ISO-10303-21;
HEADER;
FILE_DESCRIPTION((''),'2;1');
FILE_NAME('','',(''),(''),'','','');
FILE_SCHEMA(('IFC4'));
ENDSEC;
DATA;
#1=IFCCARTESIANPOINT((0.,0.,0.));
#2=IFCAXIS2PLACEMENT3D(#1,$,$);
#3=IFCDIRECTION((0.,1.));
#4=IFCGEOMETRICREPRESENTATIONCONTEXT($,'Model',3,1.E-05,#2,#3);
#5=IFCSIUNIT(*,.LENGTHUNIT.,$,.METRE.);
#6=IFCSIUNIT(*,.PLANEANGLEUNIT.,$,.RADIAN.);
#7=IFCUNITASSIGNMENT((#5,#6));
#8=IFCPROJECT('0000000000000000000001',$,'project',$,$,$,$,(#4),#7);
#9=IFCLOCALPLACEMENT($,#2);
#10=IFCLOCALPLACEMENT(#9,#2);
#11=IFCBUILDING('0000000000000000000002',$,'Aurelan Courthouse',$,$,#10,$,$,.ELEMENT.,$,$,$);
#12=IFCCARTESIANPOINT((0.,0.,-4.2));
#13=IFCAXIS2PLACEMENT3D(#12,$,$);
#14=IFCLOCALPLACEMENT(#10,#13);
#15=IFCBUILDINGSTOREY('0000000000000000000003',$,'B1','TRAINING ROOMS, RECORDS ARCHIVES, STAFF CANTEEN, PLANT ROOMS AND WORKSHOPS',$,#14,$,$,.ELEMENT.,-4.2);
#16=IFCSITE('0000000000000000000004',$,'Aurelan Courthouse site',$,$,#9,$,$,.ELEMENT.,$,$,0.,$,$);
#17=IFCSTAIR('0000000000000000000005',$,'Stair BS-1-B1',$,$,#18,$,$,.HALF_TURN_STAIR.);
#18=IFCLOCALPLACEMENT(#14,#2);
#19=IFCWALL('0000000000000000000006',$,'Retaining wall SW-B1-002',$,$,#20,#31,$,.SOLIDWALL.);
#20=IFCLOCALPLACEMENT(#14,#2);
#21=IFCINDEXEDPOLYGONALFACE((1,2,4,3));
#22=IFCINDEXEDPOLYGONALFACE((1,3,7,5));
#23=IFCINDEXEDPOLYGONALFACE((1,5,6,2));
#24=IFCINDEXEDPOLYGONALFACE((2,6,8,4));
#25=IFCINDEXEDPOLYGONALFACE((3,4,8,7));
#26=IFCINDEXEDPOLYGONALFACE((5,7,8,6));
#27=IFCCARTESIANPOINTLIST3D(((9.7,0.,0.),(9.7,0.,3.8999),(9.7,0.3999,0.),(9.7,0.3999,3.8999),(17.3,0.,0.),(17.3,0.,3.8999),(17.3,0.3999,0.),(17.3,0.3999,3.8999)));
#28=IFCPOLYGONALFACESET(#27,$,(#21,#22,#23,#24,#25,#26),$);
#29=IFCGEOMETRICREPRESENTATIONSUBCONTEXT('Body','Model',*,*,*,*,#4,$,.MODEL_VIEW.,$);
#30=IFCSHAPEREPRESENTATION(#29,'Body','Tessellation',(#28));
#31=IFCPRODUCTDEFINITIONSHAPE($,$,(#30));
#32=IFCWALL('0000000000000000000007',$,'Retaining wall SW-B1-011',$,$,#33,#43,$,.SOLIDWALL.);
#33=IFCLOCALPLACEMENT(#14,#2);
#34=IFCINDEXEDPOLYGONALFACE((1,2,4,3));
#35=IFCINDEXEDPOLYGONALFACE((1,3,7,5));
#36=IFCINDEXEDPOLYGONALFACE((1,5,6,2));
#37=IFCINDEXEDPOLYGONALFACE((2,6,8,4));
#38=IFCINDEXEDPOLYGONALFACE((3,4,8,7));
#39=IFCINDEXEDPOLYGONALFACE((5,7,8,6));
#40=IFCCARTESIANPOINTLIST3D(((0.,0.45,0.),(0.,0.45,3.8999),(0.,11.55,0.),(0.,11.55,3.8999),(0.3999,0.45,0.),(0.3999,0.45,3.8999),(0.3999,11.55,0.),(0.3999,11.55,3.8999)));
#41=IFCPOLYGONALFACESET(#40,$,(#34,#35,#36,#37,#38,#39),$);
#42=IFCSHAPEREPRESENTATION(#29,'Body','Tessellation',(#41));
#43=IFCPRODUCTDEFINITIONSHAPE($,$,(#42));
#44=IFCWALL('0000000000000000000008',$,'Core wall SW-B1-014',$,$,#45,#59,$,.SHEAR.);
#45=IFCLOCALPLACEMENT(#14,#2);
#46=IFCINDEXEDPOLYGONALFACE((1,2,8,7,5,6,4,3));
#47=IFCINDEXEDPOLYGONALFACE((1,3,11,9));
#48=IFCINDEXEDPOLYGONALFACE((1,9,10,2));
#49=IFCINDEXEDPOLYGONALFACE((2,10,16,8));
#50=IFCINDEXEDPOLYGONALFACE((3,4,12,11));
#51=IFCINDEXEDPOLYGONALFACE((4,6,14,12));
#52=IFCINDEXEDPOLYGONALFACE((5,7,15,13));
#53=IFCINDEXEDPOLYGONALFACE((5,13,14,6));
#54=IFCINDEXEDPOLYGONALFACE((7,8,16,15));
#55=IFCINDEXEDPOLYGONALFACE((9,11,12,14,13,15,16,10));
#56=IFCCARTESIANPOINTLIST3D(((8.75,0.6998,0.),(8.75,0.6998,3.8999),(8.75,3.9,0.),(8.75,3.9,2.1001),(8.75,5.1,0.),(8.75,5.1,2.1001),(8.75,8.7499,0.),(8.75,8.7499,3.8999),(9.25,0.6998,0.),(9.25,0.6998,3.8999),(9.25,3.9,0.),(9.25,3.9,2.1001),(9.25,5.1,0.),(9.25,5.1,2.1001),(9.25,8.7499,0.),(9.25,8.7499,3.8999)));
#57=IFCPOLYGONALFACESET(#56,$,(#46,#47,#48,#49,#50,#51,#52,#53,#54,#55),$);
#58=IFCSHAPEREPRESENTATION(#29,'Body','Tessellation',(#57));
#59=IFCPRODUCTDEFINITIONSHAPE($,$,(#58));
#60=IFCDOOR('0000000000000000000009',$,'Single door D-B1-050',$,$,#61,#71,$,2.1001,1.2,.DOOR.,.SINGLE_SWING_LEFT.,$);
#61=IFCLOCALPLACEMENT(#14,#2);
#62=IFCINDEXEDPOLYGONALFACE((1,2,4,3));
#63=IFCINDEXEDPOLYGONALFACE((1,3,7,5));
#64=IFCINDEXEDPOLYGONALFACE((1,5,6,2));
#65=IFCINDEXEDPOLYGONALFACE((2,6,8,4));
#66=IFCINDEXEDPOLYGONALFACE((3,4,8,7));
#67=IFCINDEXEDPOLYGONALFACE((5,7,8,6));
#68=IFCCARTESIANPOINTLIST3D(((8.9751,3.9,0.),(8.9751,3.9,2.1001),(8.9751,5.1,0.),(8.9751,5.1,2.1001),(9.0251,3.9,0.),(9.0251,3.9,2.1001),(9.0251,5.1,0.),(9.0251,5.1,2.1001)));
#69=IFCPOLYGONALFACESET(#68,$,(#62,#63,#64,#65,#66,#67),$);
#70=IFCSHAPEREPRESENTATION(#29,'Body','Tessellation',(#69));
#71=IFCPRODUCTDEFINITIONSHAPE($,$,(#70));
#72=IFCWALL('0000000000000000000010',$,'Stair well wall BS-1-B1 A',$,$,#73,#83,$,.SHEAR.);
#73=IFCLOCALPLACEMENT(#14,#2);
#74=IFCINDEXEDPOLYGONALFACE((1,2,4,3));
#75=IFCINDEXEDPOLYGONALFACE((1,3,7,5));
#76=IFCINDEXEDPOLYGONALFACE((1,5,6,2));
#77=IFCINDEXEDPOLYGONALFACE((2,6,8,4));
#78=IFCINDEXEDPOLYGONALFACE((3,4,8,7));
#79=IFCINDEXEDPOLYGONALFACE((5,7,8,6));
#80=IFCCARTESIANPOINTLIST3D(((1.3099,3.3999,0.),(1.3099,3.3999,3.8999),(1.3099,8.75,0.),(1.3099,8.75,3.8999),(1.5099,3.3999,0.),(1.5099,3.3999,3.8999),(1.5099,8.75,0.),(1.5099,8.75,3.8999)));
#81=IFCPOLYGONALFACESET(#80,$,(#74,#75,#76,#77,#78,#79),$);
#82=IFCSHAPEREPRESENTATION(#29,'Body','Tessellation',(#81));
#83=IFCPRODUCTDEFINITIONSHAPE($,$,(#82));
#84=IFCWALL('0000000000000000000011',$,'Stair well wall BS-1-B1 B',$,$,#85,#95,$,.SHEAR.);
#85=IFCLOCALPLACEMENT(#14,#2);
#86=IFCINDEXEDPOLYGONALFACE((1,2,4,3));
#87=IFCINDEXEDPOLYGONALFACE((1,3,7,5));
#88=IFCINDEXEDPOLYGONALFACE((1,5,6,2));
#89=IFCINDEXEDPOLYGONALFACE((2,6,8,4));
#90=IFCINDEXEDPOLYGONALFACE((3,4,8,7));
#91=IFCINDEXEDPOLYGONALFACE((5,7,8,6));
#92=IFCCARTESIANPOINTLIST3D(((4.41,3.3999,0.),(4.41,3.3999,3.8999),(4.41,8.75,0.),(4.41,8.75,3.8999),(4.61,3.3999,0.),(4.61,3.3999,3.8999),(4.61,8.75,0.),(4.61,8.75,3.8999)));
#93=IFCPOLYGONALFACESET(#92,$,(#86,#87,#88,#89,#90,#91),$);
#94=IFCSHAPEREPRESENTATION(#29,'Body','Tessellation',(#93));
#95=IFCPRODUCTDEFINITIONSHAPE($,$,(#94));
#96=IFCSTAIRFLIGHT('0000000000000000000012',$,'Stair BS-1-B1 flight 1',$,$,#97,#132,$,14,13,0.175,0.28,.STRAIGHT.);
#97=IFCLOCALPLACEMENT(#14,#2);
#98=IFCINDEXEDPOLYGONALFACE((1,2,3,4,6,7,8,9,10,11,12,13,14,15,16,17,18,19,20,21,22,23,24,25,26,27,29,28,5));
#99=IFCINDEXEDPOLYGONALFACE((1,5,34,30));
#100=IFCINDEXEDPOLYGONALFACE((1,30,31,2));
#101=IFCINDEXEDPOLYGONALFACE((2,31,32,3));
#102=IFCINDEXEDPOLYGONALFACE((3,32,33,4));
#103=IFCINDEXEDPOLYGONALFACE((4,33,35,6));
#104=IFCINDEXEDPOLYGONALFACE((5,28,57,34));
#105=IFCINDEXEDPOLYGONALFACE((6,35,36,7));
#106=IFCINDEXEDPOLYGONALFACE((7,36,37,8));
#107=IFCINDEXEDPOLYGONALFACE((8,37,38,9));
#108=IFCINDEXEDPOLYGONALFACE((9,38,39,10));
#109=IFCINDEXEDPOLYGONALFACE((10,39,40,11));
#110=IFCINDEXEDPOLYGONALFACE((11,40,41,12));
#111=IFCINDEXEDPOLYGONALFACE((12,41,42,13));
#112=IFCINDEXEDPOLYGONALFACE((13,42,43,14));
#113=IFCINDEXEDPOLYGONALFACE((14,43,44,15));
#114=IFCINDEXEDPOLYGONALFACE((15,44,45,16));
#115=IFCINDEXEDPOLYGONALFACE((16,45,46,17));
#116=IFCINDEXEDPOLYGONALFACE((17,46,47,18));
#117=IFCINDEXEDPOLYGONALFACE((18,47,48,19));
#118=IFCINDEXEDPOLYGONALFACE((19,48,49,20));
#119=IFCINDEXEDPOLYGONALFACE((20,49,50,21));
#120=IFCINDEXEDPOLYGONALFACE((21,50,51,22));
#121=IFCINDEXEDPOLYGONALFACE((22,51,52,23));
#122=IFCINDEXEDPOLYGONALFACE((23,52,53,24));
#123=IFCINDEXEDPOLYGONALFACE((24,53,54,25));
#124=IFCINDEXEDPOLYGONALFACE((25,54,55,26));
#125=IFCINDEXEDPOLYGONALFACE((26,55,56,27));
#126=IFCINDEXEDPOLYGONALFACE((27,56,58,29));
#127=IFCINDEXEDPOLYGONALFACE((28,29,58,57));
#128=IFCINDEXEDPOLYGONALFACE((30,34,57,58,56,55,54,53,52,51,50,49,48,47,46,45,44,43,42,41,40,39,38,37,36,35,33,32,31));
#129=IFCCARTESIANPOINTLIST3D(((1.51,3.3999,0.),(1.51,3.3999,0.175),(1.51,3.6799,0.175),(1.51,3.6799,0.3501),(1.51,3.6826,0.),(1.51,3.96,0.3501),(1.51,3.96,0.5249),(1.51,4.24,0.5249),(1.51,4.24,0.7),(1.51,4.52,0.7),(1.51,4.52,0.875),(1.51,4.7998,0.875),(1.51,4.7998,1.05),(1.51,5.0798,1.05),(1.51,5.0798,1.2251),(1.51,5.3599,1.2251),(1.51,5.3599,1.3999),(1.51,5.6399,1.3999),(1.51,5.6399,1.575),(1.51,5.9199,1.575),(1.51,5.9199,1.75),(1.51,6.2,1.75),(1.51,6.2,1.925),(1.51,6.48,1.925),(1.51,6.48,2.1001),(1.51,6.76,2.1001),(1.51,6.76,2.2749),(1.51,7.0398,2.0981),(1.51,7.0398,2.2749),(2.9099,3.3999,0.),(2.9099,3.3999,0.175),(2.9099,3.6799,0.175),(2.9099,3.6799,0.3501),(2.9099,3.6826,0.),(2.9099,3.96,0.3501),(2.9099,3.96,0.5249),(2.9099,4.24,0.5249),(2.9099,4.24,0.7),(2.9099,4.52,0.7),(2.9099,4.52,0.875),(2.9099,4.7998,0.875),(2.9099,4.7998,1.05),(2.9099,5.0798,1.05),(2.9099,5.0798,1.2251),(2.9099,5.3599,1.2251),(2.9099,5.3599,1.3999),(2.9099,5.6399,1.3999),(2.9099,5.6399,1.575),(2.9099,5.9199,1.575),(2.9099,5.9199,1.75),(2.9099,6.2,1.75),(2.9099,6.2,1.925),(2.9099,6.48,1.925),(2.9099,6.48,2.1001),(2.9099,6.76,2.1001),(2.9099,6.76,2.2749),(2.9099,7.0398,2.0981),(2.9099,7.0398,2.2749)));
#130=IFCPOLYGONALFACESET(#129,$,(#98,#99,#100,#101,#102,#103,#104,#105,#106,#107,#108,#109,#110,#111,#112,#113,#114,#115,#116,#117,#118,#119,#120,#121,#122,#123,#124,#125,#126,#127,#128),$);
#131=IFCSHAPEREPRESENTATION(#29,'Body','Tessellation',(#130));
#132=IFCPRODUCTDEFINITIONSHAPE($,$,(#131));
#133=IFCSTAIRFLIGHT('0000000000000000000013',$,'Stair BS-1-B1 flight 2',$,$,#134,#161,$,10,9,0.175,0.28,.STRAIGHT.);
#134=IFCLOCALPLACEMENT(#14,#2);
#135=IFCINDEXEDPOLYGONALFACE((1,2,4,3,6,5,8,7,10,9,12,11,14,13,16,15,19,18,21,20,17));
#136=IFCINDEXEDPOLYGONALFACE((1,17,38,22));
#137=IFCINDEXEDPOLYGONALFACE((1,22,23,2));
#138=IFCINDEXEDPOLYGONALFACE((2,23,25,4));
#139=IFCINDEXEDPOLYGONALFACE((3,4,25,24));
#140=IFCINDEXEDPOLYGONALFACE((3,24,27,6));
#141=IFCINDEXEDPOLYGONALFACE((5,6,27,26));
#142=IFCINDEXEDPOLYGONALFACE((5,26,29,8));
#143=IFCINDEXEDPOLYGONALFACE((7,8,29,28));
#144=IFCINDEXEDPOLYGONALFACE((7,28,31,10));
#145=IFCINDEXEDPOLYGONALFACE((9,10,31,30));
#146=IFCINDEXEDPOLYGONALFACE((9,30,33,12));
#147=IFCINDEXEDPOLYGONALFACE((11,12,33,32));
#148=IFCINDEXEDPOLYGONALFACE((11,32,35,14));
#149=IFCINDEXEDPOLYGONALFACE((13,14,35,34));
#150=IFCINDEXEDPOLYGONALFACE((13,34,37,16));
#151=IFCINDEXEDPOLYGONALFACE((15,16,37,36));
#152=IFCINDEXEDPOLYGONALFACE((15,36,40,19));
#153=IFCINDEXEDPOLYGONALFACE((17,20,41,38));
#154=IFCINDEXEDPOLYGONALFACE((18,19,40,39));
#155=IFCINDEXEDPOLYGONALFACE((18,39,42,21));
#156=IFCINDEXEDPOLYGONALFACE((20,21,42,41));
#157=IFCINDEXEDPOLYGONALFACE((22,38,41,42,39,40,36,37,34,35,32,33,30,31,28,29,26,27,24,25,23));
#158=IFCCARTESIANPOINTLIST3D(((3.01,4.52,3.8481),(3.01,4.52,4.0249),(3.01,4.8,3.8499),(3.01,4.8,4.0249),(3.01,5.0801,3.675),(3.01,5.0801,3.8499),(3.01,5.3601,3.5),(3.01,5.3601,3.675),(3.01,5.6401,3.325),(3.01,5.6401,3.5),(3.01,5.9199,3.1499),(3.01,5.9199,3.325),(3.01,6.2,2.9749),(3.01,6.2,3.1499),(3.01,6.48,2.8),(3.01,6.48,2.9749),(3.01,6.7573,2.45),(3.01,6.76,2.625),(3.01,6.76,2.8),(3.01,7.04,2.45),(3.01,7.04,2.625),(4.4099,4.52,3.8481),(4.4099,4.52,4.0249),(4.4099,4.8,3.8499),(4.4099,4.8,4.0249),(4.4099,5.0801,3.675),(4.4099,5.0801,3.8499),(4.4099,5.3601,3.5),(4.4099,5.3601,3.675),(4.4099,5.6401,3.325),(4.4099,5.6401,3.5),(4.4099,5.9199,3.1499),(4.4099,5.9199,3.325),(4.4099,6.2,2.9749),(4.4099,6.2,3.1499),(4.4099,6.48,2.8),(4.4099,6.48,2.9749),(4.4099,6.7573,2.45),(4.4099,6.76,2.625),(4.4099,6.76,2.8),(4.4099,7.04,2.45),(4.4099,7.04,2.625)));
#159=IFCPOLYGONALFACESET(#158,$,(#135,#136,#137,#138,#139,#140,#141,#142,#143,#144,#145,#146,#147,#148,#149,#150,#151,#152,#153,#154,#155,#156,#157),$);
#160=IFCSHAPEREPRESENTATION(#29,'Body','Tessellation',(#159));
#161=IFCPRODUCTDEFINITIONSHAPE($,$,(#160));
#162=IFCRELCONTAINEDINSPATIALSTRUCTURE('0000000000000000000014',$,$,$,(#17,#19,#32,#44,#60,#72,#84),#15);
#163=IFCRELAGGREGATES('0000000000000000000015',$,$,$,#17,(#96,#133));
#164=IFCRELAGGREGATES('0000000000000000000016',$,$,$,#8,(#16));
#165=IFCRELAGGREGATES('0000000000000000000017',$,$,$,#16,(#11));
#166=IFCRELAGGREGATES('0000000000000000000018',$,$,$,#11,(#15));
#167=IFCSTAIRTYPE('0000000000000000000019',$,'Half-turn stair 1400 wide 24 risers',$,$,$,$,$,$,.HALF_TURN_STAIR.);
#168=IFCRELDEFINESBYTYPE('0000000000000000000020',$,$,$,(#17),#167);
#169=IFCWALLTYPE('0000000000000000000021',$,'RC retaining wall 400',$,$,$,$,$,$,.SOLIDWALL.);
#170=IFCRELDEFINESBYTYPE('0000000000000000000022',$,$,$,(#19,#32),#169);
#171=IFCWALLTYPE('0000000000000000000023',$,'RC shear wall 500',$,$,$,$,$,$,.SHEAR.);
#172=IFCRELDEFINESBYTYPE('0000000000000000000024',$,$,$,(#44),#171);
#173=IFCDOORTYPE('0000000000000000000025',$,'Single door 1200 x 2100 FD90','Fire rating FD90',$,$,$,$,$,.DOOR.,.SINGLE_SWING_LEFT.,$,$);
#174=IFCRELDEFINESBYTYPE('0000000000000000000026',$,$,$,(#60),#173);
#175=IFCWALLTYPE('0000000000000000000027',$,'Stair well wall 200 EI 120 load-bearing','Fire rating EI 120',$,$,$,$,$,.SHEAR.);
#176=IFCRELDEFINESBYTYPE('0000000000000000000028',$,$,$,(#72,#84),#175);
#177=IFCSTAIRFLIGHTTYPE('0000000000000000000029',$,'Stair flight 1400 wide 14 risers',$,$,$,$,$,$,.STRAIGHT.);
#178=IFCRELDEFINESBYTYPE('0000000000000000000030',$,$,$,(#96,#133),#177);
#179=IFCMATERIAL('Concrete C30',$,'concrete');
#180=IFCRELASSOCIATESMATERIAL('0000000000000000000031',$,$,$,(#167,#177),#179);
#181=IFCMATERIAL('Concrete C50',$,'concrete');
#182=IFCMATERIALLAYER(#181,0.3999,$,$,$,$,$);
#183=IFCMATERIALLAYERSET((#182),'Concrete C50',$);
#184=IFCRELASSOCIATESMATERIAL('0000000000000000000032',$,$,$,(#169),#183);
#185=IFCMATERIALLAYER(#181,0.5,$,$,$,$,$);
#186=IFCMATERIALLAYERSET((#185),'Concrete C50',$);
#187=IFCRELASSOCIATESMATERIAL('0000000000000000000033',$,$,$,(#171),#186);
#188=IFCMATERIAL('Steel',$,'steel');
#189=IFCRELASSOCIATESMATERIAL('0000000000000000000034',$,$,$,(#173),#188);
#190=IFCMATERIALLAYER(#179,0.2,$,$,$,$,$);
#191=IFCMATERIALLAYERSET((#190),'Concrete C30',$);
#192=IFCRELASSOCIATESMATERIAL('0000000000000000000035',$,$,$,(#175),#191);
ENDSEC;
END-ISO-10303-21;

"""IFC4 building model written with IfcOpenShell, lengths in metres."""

from ifc_helpers import new_model, si_unit, direction, frame, frame_2d, origin, place, context, subcontext, project, spatial, polyline, rectangle, outline, extrude, material, layer, layer_set, type_object, element, fill, aggregate, save


model = new_model("IFC4")

# Units and contexts
model_context = context("Model", 3, precision=1e-05, world=origin(), true_north=direction((0.0, 1.0)))
body_context = subcontext(model_context, "Body", "Model", "MODEL_VIEW")
ifc_project = project(units=[si_unit("LENGTHUNIT", "METRE"), si_unit("PLANEANGLEUNIT", "RADIAN")], contexts=[model_context])

# Site, building, storey
site_placement = place(None, origin())
site = spatial("IfcSite", under=ifc_project, at=site_placement, Name="Aurelan Courthouse site", CompositionType="ELEMENT", RefElevation=0.0)
building_placement = place(site_placement, origin())
building = spatial("IfcBuilding", under=site, at=building_placement, Name="Aurelan Courthouse", CompositionType="ELEMENT")
storey_placement = place(building_placement, frame((0.0, 0.0, -4.2)))
storey = spatial("IfcBuildingStorey", under=building, at=storey_placement, Name="B1", Description="TRAINING ROOMS, RECORDS ARCHIVES, STAFF CANTEEN, PLANT ROOMS AND WORKSHOPS", CompositionType="ELEMENT", Elevation=-4.2)

# Shared definitions
ifc_material_1 = material(Name="Concrete C50", Category="concrete")

# Stair
ifc_material_2 = material(Name="Concrete C30", Category="concrete")
stair_type_1 = type_object("IfcStairType", Name="Half-turn stair 1400 wide 24 risers", PredefinedType="HALF_TURN_STAIR", material=ifc_material_2)
stair_1_placement = place(storey_placement, origin())
stair_1 = element("IfcStair", 1, at=stair_1_placement, inside=storey, type_object=stair_type_1, Name="Stair BS-1-B1", PredefinedType="HALF_TURN_STAIR")

# Walls
ifc_layer_1 = layer(ifc_material_1, 0.3999)
ifc_layer_set_1 = layer_set([ifc_layer_1], Name="Concrete C50")
wall_type_1 = type_object("IfcWallType", Name="RC retaining wall 400", PredefinedType="SOLIDWALL", material=ifc_layer_set_1)
wall_1_placement = place(storey_placement, frame((9.7, 0.2, 0.0), z_axis=(0.0, 0.0, 1.0), x_axis=(1.0, 0.0, 0.0)))
element("IfcWall", 2, at=wall_1_placement, inside=storey, type_object=wall_type_1, Name="Retaining wall SW-B1-002", PredefinedType="SOLIDWALL", context=body_context, shape_type="SweptSolid", body=[
    extrude(rectangle(XDim=7.6001, YDim=0.3999, at=frame_2d((3.8, 0.0))), origin(), (0.0, 0.0, 1.0), 3.8999),
])
wall_2_placement = place(storey_placement, frame((0.2, 0.45, 0.0), z_axis=(0.0, 0.0, 1.0), x_axis=(0.0, 1.0, 0.0)))
element("IfcWall", 3, at=wall_2_placement, inside=storey, type_object=wall_type_1, Name="Retaining wall SW-B1-011", PredefinedType="SOLIDWALL", context=body_context, shape_type="SweptSolid", body=[
    extrude(rectangle(XDim=11.1001, YDim=0.3999, at=frame_2d((5.55, 0.0))), origin(), (0.0, 0.0, 1.0), 3.8999),
])

# Wall, opening, door
ifc_layer_2 = layer(ifc_material_1, 0.5)
ifc_layer_set_2 = layer_set([ifc_layer_2], Name="Concrete C50")
wall_type_2 = type_object("IfcWallType", Name="RC shear wall 500", PredefinedType="SHEAR", material=ifc_layer_set_2)
wall_3_placement = place(storey_placement, frame((9.0, 0.7, 0.0), z_axis=(0.0, 0.0, 1.0), x_axis=(0.0, 1.0, 0.0)))
wall_3 = element("IfcWall", 4, at=wall_3_placement, inside=storey, type_object=wall_type_2, Name="Core wall SW-B1-014", PredefinedType="SHEAR", context=body_context, shape_type="SweptSolid", body=[
    extrude(rectangle(XDim=8.05, YDim=0.5, at=frame_2d((4.0249, 0.0))), origin(), (0.0, 0.0, 1.0), 3.8999),
])
opening_placement = place(wall_3_placement, frame((3.2, 0.0, 0.0)))
opening = element("IfcOpeningElement", 5, at=opening_placement, cuts=wall_3, PredefinedType="OPENING", context=body_context, shape_type="SweptSolid", body=[
    extrude(rectangle(XDim=1.2, YDim=2.1001, at=frame_2d((0.6001, 1.05))), frame((0.0, 0.26, 0.0), z_axis=(0.0, -1.0, 0.0), x_axis=(1.0, 0.0, 0.0)), (0.0, 0.0, 1.0), 0.52),
])
ifc_material_3 = material(Name="Steel", Category="steel")
door_type = type_object("IfcDoorType", Name="Single door 1200 x 2100 FD90", Description="Fire rating FD90", OperationType="SINGLE_SWING_LEFT", PredefinedType="DOOR", material=ifc_material_3)
door_placement = place(opening_placement, origin())
door = element("IfcDoor", 6, at=door_placement, inside=storey, type_object=door_type, Name="Single door D-B1-050", OperationType="SINGLE_SWING_LEFT", OverallHeight=2.1001, OverallWidth=1.2, PredefinedType="DOOR", context=body_context, shape_type="SweptSolid", body=[
    extrude(rectangle(XDim=1.2, YDim=2.1001, at=frame_2d((0.6001, 1.05))), frame((0.0, 0.0249, 0.0), z_axis=(0.0, -1.0, 0.0), x_axis=(1.0, 0.0, 0.0)), (0.0, 0.0, 1.0), 0.05),
])
fill(opening, door)

# Walls
ifc_layer_3 = layer(ifc_material_2, 0.2)
ifc_layer_set_3 = layer_set([ifc_layer_3], Name="Concrete C30")
wall_type_3 = type_object("IfcWallType", Name="Stair well wall 200 EI 120 load-bearing", Description="Fire rating EI 120", PredefinedType="SHEAR", material=ifc_layer_set_3)
for number, where, z_axis, x_axis, name in (
    (7, (1.4099, 3.3999, 0.0), (0.0, 0.0, 1.0), (0.0, 1.0, 0.0), "Stair well wall BS-1-B1 A"),
    (8, (4.51, 3.3999, 0.0), (0.0, 0.0, 1.0), (0.0, 1.0, 0.0), "Stair well wall BS-1-B1 B"),
):
    element("IfcWall", number, at=place(storey_placement, frame(where, z_axis=z_axis, x_axis=x_axis)), inside=storey, type_object=wall_type_3, Name=name, PredefinedType="SHEAR", context=body_context, shape_type="SweptSolid", body=[
        extrude(rectangle(XDim=5.3501, YDim=0.2, at=frame_2d((2.675, 0.0))), origin(), (0.0, 0.0, 1.0), 3.8999),
    ])

# Stair flights
stair_flight_type = type_object("IfcStairFlightType", Name="Stair flight 1400 wide 14 risers", PredefinedType="STRAIGHT", material=ifc_material_2)
stair_flight_1_placement = place(storey_placement, frame((2.21, 3.3999, 0.0), z_axis=(0.0, 0.0, 1.0), x_axis=(0.0, 1.0, 0.0)))
stair_flight_1 = element("IfcStairFlight", 9, at=stair_flight_1_placement, type_object=stair_flight_type, Name="Stair BS-1-B1 flight 1", NumberOfRisers=14, NumberOfTreads=13, PredefinedType="STRAIGHT", RiserHeight=0.175, TreadLength=0.28, context=body_context, shape_type="SweptSolid", body=[
    extrude(outline(polyline([(0.0, 0.0), (0.0, 0.175), (0.28, 0.175), (0.28, 0.3501), (0.5601, 0.3501), (0.5601, 0.5249), (0.8401, 0.5249), (0.8401, 0.7), (1.1201, 0.7), (1.1201, 0.875), (1.3999, 0.875), (1.3999, 1.05), (1.6799, 1.05), (1.6799, 1.2251), (1.96, 1.2251), (1.96, 1.3999), (2.24, 1.3999), (2.24, 1.575), (2.52, 1.575), (2.52, 1.75), (2.8, 1.75), (2.8, 1.925), (3.0801, 1.925), (3.0801, 2.1001), (3.3601, 2.1001), (3.3601, 2.2749), (3.6399, 2.2749), (3.6399, 2.45), (3.6399, 2.0981), (0.2827, 0.0), (0.0, 0.0)])), frame((0.0, 0.7, 0.0), z_axis=(0.0, -1.0, 0.0), x_axis=(1.0, 0.0, 0.0)), (0.0, 0.0, 1.0), 1.3999),
])
stair_flight_2_placement = place(storey_placement, frame((3.71, 7.04, 2.45), z_axis=(0.0, 0.0, 1.0), x_axis=(0.0, -1.0, 0.0)))
stair_flight_2 = element("IfcStairFlight", 10, at=stair_flight_2_placement, type_object=stair_flight_type, Name="Stair BS-1-B1 flight 2", NumberOfRisers=10, NumberOfTreads=9, PredefinedType="STRAIGHT", RiserHeight=0.175, TreadLength=0.28, context=body_context, shape_type="SweptSolid", body=[
    extrude(outline(polyline([(0.0, 0.0), (0.0, 0.175), (0.28, 0.175), (0.28, 0.3501), (0.5601, 0.3501), (0.5601, 0.5249), (0.8401, 0.5249), (0.8401, 0.7), (1.1201, 0.7), (1.1201, 0.875), (1.3999, 0.875), (1.3999, 1.05), (1.6799, 1.05), (1.6799, 1.2251), (1.96, 1.2251), (1.96, 1.3999), (2.24, 1.3999), (2.24, 1.575), (2.52, 1.575), (2.52, 1.75), (2.52, 1.3982), (0.2827, 0.0), (0.0, 0.0)])), frame((0.0, 0.7, 0.0), z_axis=(0.0, -1.0, 0.0), x_axis=(1.0, 0.0, 0.0)), (0.0, 0.0, 1.0), 1.3999),
])
aggregate(stair_1, [stair_flight_1, stair_flight_2])

save(model, "model.ifc")
